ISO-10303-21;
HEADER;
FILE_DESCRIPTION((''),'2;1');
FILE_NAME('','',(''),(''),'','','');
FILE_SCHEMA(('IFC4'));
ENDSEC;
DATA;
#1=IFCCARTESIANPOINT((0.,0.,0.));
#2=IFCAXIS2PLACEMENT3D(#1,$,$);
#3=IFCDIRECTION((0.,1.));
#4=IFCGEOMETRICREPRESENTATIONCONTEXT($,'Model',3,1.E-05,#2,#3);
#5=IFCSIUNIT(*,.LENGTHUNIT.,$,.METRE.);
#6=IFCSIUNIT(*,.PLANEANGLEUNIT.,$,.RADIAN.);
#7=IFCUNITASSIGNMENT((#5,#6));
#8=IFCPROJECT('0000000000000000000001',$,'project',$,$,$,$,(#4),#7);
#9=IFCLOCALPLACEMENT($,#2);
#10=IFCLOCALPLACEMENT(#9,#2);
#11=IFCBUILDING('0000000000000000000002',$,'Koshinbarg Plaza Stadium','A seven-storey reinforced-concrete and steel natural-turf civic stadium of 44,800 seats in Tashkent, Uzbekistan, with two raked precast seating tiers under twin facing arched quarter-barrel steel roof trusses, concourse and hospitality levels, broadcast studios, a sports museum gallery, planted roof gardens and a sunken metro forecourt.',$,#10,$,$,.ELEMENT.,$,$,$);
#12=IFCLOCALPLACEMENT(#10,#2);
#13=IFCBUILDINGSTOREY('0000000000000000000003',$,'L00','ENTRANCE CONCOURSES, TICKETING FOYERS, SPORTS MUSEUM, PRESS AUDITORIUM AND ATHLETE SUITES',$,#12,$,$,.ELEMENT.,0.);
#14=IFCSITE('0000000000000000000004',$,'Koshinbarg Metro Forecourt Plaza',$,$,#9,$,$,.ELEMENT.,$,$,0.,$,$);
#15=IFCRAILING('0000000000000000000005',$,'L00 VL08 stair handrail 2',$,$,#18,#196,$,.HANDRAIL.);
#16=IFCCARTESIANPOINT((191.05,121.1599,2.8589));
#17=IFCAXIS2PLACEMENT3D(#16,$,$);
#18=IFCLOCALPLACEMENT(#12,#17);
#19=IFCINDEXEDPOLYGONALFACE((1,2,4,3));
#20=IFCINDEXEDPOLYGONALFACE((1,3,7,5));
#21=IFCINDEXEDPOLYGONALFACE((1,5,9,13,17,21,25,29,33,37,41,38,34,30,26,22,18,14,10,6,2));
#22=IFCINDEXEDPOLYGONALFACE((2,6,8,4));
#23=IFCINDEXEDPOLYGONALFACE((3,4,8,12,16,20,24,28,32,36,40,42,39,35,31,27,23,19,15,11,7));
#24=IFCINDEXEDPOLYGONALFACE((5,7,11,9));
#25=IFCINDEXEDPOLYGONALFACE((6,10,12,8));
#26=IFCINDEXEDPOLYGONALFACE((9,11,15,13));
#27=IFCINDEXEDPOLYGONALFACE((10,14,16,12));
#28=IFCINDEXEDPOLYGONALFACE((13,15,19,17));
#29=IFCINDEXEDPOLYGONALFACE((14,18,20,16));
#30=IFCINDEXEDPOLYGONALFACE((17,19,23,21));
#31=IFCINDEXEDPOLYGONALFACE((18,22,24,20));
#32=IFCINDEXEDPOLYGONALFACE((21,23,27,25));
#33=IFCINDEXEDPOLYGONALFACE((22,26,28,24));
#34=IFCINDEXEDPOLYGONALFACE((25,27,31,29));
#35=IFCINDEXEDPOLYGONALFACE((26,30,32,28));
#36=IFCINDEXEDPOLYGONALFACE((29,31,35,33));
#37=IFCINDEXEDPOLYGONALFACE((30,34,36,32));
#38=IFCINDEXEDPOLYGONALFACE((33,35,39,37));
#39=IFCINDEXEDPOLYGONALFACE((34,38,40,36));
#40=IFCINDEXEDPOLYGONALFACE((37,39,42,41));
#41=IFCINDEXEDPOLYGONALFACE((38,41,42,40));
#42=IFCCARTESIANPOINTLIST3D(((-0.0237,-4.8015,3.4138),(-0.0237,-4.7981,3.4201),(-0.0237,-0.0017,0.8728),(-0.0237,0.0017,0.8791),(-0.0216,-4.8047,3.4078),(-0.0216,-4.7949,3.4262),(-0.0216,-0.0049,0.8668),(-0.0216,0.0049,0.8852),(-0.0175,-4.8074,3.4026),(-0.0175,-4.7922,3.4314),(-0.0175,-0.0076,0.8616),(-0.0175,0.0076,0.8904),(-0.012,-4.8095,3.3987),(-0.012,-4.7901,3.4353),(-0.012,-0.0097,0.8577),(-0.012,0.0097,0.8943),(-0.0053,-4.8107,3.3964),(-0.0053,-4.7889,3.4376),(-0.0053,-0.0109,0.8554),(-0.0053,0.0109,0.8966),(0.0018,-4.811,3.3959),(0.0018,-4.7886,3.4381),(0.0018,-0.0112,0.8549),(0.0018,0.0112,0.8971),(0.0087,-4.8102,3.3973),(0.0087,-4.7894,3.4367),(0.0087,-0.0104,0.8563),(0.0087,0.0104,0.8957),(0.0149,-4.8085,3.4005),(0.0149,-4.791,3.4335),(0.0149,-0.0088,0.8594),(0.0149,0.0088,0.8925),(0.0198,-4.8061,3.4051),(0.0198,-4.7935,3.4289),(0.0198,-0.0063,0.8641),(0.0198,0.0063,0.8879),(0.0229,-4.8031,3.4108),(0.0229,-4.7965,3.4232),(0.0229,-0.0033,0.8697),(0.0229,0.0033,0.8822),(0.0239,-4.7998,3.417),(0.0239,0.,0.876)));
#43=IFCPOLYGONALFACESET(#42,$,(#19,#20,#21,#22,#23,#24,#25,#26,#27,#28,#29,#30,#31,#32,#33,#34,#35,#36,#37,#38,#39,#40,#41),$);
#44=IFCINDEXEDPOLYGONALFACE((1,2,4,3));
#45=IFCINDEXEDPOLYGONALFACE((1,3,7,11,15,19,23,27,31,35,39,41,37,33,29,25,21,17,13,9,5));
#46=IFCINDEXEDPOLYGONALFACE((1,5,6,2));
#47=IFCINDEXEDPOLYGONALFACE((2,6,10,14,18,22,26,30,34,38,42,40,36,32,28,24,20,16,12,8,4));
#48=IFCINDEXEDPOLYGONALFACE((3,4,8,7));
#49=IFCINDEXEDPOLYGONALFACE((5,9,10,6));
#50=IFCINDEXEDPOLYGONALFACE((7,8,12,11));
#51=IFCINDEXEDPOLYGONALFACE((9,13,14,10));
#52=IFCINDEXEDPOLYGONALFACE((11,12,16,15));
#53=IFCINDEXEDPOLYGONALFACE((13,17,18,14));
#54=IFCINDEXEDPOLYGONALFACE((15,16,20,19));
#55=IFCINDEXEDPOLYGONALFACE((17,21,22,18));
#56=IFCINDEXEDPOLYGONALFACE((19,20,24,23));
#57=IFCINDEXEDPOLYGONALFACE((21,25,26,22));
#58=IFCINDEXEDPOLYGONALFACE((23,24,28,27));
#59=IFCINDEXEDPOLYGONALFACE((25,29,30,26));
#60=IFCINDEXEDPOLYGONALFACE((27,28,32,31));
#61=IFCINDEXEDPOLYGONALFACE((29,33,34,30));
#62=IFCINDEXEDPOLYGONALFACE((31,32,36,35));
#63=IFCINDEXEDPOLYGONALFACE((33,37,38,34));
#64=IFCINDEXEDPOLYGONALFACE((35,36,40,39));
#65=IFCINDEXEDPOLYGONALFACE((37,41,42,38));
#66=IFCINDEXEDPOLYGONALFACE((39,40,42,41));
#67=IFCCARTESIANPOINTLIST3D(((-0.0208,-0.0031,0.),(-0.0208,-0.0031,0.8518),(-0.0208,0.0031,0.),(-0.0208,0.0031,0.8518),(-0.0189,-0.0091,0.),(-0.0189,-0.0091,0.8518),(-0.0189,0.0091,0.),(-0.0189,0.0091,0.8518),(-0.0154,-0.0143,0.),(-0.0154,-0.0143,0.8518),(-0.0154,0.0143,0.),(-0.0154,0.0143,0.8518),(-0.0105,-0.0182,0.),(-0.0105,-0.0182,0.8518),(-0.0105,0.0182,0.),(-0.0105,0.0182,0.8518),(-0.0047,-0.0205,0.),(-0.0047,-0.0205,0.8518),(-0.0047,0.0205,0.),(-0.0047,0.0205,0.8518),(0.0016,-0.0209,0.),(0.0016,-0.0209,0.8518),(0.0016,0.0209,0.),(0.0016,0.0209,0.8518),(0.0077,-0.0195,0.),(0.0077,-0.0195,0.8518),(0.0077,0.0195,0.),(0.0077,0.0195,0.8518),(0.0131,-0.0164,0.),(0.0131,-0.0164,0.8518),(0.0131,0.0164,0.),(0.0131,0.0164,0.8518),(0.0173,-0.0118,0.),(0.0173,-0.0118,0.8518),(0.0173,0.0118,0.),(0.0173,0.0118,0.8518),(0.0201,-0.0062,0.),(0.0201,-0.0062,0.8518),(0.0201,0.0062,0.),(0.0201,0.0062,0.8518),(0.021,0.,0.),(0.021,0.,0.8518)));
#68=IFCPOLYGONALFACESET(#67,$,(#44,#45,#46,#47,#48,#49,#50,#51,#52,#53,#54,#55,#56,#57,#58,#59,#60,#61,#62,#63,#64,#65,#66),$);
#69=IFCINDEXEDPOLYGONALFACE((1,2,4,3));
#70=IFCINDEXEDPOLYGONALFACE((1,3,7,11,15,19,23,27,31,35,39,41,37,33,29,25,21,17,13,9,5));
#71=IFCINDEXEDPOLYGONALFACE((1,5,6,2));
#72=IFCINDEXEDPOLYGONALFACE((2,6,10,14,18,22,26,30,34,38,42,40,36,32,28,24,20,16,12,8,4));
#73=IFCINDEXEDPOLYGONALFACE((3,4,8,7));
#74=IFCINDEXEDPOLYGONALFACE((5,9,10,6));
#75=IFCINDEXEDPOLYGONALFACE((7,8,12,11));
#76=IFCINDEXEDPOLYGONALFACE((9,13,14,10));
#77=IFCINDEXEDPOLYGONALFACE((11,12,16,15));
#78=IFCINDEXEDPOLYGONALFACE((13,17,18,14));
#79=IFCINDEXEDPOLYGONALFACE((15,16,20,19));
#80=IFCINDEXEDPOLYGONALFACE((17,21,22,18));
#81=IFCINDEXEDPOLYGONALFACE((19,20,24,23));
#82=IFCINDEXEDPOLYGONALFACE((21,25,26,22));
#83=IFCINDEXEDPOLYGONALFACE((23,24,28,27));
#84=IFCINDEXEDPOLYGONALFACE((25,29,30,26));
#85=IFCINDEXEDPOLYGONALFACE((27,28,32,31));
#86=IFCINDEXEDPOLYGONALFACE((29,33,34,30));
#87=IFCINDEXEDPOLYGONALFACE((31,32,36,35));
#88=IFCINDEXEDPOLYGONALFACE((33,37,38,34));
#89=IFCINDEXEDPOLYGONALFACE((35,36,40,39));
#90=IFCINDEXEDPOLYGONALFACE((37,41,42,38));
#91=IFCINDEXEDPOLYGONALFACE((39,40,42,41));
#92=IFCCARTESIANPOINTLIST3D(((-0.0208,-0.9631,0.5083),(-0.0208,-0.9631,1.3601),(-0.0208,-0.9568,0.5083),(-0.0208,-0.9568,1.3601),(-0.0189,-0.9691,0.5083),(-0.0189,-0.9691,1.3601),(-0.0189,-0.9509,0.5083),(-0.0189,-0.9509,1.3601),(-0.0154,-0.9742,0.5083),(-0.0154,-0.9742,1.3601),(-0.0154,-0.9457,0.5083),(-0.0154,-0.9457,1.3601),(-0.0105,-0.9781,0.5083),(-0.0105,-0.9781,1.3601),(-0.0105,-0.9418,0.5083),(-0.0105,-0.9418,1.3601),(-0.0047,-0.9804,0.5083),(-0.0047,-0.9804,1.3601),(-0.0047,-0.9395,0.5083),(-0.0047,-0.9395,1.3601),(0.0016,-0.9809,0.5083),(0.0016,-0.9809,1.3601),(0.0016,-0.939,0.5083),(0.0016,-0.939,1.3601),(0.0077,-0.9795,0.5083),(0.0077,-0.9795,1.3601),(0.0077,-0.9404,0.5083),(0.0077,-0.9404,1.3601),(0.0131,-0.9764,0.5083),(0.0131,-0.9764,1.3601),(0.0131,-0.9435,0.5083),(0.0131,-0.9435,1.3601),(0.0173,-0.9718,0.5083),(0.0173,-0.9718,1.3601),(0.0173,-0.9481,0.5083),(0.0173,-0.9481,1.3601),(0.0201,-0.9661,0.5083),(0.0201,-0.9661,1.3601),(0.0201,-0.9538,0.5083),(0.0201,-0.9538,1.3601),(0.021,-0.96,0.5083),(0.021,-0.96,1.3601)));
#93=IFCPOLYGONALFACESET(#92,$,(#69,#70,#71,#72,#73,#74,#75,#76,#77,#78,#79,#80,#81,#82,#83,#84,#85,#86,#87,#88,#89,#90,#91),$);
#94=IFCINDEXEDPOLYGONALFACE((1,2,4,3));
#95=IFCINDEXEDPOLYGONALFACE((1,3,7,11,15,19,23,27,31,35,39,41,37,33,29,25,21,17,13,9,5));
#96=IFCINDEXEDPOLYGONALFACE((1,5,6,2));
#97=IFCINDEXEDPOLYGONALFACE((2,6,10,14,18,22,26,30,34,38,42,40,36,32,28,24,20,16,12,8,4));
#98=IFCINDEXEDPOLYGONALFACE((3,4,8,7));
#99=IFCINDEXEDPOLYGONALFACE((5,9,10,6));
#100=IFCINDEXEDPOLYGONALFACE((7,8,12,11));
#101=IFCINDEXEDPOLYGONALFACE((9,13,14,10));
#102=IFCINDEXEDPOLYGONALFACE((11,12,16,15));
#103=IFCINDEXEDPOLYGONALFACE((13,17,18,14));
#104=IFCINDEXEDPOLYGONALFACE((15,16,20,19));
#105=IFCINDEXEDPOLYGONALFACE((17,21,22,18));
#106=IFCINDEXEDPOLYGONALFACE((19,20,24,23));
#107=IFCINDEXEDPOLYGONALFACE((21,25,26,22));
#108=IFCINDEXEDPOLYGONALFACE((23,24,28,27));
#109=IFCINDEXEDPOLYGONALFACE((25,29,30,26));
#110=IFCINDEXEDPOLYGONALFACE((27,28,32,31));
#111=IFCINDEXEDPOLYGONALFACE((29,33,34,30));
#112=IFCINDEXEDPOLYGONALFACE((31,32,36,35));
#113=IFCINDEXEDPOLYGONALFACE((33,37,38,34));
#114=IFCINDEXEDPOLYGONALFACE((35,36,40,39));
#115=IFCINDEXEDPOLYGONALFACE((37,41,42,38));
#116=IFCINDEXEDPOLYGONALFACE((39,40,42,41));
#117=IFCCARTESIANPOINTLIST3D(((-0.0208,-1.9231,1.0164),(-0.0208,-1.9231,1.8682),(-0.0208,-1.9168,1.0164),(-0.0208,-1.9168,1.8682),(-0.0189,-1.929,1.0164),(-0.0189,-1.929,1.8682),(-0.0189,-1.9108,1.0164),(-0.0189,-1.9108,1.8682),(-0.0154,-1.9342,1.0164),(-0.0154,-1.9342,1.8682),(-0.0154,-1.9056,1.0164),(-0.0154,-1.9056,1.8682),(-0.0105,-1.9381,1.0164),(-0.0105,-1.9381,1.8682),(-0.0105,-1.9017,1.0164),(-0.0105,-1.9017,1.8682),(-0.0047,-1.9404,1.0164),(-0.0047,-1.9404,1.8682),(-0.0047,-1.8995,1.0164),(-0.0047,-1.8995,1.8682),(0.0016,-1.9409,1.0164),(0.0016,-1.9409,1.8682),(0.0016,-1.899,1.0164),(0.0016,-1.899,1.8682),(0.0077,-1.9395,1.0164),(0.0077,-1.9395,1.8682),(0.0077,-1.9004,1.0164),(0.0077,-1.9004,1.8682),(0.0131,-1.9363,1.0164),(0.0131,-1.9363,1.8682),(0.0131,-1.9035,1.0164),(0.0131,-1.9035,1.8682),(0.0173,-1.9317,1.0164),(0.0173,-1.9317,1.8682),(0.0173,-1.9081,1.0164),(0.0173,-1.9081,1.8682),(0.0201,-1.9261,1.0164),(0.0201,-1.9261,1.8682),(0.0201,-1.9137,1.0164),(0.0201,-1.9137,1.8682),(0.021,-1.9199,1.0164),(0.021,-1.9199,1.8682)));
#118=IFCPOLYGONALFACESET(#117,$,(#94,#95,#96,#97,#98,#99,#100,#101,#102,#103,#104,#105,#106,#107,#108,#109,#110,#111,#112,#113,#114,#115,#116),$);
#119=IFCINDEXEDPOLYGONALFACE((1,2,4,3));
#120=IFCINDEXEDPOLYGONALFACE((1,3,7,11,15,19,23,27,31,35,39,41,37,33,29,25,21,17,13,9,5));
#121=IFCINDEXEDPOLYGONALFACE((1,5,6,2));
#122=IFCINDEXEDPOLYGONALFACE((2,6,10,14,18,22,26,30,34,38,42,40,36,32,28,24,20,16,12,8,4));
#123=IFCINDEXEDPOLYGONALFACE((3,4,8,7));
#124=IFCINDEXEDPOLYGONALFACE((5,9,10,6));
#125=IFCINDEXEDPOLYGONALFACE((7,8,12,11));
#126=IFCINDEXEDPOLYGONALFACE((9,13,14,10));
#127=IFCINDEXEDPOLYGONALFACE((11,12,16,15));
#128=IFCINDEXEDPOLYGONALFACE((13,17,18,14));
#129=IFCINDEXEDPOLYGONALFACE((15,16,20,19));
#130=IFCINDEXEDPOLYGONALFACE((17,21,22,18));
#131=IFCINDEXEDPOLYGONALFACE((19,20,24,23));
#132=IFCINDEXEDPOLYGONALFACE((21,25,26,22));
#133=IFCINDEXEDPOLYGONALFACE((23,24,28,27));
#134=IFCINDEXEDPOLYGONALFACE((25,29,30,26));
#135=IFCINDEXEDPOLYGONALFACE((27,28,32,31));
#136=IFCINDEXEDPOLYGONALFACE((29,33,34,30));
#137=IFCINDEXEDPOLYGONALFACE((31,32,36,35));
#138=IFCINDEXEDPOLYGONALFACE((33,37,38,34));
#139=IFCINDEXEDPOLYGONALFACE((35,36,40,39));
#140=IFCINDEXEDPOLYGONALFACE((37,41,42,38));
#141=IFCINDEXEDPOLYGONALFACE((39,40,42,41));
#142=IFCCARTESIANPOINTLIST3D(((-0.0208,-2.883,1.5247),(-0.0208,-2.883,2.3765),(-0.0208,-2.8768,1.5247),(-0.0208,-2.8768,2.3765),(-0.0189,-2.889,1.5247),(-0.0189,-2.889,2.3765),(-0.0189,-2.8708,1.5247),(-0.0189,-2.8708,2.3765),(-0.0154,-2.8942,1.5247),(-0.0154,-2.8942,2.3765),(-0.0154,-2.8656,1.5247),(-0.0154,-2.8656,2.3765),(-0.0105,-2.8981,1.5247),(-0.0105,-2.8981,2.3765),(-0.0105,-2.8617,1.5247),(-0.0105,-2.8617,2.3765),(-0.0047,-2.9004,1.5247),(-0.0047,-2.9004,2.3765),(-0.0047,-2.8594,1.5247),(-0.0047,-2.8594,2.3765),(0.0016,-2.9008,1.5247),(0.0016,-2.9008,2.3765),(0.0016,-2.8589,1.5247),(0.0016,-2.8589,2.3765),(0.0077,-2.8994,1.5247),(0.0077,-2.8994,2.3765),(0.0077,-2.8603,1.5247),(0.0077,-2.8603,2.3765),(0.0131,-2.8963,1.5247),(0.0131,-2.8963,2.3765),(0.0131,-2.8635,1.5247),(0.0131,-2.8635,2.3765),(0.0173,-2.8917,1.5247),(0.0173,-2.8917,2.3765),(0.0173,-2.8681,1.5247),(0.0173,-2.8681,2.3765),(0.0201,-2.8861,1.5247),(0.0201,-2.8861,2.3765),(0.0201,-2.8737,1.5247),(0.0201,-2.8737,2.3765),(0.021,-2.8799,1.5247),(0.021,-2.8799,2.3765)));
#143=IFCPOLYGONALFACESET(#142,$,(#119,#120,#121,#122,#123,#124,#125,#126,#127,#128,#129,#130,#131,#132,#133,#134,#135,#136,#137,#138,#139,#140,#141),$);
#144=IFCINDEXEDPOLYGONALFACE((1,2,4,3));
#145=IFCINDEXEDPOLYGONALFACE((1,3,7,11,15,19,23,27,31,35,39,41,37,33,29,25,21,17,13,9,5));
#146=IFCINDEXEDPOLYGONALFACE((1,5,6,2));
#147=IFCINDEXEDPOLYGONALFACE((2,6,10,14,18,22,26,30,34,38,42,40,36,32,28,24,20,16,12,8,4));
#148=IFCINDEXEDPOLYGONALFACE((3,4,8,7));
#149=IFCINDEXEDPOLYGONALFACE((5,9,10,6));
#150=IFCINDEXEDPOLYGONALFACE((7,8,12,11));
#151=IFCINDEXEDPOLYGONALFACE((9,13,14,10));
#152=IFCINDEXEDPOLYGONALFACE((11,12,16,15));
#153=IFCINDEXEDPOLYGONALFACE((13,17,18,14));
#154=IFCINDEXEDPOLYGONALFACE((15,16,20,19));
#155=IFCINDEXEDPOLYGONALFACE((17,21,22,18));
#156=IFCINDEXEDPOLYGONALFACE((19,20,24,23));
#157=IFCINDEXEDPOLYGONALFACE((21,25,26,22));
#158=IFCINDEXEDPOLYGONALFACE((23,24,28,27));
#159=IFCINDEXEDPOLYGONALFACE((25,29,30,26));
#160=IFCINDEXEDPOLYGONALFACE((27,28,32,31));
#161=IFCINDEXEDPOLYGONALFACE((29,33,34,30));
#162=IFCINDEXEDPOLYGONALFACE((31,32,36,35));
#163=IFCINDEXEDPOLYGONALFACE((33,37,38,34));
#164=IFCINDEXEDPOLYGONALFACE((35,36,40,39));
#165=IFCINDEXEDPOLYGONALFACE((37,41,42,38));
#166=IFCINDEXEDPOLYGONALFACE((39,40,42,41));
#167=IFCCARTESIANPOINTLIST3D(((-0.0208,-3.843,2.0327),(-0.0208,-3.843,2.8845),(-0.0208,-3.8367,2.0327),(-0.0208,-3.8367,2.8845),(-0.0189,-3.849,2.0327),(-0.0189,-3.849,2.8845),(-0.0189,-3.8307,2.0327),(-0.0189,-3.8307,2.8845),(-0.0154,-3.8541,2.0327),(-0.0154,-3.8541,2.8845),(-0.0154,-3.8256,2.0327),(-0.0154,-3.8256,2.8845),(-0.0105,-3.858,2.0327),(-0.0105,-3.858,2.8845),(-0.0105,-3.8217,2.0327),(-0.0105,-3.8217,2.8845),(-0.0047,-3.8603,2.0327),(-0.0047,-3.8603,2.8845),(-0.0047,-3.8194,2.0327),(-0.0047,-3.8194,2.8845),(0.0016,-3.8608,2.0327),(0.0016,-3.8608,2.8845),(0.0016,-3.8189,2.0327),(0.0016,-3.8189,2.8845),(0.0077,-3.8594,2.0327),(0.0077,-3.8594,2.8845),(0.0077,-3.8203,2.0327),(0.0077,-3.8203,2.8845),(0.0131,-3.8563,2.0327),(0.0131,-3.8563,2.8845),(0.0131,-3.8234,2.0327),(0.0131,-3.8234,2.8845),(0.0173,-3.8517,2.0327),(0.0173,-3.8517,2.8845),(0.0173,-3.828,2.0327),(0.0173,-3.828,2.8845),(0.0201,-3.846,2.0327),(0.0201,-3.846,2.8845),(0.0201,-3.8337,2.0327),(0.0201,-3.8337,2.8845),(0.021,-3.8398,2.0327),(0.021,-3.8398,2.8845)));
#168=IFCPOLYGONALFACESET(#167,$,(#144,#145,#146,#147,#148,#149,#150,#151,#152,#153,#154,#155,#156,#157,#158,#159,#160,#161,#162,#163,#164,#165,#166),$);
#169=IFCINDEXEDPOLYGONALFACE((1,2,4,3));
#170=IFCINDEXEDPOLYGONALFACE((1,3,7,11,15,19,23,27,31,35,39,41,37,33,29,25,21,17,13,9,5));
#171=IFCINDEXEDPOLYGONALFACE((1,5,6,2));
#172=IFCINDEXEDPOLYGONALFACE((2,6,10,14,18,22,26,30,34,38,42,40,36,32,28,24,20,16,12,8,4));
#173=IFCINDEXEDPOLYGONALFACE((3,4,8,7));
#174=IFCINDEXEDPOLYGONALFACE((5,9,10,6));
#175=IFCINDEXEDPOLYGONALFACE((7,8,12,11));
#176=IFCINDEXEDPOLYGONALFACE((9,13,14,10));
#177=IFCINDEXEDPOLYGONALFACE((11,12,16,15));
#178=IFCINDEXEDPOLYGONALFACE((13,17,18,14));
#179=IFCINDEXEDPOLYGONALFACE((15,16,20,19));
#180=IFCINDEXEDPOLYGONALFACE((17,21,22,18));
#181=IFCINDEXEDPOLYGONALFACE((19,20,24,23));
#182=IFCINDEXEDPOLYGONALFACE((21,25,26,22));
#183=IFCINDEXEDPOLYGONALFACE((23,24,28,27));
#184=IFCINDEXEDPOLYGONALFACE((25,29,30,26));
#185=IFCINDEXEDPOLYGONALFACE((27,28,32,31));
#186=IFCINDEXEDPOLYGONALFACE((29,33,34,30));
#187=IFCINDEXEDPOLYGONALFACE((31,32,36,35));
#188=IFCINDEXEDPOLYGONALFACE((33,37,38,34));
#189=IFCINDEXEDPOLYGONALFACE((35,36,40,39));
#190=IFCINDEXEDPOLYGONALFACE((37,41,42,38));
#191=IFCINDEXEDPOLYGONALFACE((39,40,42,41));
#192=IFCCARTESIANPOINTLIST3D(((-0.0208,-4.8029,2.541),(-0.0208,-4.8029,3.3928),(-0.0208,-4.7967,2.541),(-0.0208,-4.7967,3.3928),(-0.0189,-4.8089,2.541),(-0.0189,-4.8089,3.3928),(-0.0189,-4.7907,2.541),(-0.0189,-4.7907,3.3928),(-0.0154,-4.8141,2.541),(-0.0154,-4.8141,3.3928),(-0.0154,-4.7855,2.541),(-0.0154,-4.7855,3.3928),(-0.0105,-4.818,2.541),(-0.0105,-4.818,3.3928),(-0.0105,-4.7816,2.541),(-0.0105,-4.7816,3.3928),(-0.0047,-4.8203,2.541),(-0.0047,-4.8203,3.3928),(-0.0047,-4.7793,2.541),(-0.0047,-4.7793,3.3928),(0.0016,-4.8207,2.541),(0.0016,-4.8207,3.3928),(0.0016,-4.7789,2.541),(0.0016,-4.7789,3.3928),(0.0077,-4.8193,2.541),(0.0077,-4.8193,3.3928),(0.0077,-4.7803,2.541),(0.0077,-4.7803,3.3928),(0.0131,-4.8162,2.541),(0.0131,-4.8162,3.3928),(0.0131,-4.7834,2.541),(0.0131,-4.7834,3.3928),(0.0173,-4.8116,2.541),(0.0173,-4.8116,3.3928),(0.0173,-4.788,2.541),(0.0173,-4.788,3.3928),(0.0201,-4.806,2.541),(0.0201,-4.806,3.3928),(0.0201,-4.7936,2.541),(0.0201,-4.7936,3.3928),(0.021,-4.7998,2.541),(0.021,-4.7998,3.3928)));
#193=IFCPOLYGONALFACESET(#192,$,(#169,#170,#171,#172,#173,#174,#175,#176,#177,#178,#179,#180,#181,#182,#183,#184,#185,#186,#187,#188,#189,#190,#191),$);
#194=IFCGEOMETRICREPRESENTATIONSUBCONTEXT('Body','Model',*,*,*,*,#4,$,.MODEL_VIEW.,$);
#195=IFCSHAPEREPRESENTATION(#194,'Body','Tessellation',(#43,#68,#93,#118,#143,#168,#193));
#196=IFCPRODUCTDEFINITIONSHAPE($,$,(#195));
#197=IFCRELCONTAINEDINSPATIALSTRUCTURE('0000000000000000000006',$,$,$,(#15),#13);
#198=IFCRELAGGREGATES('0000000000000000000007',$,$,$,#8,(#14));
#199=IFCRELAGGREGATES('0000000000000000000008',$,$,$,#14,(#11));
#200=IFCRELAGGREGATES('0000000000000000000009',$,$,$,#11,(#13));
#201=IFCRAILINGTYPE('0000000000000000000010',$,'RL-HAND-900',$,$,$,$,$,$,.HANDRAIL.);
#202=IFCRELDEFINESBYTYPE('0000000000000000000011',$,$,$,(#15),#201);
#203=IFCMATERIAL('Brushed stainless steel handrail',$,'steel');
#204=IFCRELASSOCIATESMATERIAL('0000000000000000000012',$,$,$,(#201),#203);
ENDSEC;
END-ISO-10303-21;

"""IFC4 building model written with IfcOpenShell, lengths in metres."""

from ifc_helpers import new_model, si_unit, direction, frame, origin, origin_2d, place, context, subcontext, project, spatial, circle, extrude, material, type_object, element, save


model = new_model("IFC4")

# Units and contexts
model_context = context("Model", 3, precision=1e-05, world=origin(), true_north=direction((0.0, 1.0)))
body_context = subcontext(model_context, "Body", "Model", "MODEL_VIEW")
ifc_project = project(units=[si_unit("LENGTHUNIT", "METRE"), si_unit("PLANEANGLEUNIT", "RADIAN")], contexts=[model_context])

# Site, building, storey
site_placement = place(None, origin())
site = spatial("IfcSite", under=ifc_project, at=site_placement, Name="Koshinbarg Metro Forecourt Plaza", CompositionType="ELEMENT", RefElevation=0.0)
building_placement = place(site_placement, origin())
building = spatial("IfcBuilding", under=site, at=building_placement, Name="Koshinbarg Plaza Stadium", Description="A seven-storey reinforced-concrete and steel natural-turf civic stadium of 44,800 seats in Tashkent, Uzbekistan, with two raked precast seating tiers under twin facing arched quarter-barrel steel roof trusses, concourse and hospitality levels, broadcast studios, a sports museum gallery, planted roof gardens and a sunken metro forecourt.", CompositionType="ELEMENT")
storey_placement = place(building_placement, origin())
storey = spatial("IfcBuildingStorey", under=building, at=storey_placement, Name="L00", Description="ENTRANCE CONCOURSES, TICKETING FOYERS, SPORTS MUSEUM, PRESS AUDITORIUM AND ATHLETE SUITES", CompositionType="ELEMENT", Elevation=0.0)

# Railing
ifc_material_1 = material(Name="Brushed stainless steel handrail", Category="steel")
railing_type_1 = type_object("IfcRailingType", Name="RL-HAND-900", PredefinedType="HANDRAIL", material=ifc_material_1)
railing_1_placement = place(storey_placement, frame((191.05, 121.1599, 2.8589)))
element("IfcRailing", 1, at=railing_1_placement, inside=storey, type_object=railing_type_1, Name="L00 VL08 stair handrail 2", PredefinedType="HANDRAIL", context=body_context, shape_type="SweptSolid", body=[
    extrude(circle(Radius=0.0239, at=origin_2d()), frame((0.0, 0.0, 0.876), z_axis=(0.0, -0.883792, 0.467879), x_axis=(1.0, 0.0, 0.0)), (0.0, 0.0, 1.0), 5.4309),
    extrude(circle(Radius=0.021, at=origin_2d()), origin(), (0.0, 0.0, 1.0), 0.8518),
    extrude(circle(Radius=0.021, at=origin_2d()), frame((0.0, -0.96, 0.5083)), (0.0, 0.0, 1.0), 0.8518),
    extrude(circle(Radius=0.021, at=origin_2d()), frame((0.0, -1.9199, 1.0164)), (0.0, 0.0, 1.0), 0.8518),
    extrude(circle(Radius=0.021, at=origin_2d()), frame((0.0, -2.8799, 1.5247)), (0.0, 0.0, 1.0), 0.8518),
    extrude(circle(Radius=0.021, at=origin_2d()), frame((0.0, -3.8398, 2.0327)), (0.0, 0.0, 1.0), 0.8518),
    extrude(circle(Radius=0.021, at=origin_2d()), frame((0.0, -4.7998, 2.541)), (0.0, 0.0, 1.0), 0.8518),
])

save(model, "model.ifc")
